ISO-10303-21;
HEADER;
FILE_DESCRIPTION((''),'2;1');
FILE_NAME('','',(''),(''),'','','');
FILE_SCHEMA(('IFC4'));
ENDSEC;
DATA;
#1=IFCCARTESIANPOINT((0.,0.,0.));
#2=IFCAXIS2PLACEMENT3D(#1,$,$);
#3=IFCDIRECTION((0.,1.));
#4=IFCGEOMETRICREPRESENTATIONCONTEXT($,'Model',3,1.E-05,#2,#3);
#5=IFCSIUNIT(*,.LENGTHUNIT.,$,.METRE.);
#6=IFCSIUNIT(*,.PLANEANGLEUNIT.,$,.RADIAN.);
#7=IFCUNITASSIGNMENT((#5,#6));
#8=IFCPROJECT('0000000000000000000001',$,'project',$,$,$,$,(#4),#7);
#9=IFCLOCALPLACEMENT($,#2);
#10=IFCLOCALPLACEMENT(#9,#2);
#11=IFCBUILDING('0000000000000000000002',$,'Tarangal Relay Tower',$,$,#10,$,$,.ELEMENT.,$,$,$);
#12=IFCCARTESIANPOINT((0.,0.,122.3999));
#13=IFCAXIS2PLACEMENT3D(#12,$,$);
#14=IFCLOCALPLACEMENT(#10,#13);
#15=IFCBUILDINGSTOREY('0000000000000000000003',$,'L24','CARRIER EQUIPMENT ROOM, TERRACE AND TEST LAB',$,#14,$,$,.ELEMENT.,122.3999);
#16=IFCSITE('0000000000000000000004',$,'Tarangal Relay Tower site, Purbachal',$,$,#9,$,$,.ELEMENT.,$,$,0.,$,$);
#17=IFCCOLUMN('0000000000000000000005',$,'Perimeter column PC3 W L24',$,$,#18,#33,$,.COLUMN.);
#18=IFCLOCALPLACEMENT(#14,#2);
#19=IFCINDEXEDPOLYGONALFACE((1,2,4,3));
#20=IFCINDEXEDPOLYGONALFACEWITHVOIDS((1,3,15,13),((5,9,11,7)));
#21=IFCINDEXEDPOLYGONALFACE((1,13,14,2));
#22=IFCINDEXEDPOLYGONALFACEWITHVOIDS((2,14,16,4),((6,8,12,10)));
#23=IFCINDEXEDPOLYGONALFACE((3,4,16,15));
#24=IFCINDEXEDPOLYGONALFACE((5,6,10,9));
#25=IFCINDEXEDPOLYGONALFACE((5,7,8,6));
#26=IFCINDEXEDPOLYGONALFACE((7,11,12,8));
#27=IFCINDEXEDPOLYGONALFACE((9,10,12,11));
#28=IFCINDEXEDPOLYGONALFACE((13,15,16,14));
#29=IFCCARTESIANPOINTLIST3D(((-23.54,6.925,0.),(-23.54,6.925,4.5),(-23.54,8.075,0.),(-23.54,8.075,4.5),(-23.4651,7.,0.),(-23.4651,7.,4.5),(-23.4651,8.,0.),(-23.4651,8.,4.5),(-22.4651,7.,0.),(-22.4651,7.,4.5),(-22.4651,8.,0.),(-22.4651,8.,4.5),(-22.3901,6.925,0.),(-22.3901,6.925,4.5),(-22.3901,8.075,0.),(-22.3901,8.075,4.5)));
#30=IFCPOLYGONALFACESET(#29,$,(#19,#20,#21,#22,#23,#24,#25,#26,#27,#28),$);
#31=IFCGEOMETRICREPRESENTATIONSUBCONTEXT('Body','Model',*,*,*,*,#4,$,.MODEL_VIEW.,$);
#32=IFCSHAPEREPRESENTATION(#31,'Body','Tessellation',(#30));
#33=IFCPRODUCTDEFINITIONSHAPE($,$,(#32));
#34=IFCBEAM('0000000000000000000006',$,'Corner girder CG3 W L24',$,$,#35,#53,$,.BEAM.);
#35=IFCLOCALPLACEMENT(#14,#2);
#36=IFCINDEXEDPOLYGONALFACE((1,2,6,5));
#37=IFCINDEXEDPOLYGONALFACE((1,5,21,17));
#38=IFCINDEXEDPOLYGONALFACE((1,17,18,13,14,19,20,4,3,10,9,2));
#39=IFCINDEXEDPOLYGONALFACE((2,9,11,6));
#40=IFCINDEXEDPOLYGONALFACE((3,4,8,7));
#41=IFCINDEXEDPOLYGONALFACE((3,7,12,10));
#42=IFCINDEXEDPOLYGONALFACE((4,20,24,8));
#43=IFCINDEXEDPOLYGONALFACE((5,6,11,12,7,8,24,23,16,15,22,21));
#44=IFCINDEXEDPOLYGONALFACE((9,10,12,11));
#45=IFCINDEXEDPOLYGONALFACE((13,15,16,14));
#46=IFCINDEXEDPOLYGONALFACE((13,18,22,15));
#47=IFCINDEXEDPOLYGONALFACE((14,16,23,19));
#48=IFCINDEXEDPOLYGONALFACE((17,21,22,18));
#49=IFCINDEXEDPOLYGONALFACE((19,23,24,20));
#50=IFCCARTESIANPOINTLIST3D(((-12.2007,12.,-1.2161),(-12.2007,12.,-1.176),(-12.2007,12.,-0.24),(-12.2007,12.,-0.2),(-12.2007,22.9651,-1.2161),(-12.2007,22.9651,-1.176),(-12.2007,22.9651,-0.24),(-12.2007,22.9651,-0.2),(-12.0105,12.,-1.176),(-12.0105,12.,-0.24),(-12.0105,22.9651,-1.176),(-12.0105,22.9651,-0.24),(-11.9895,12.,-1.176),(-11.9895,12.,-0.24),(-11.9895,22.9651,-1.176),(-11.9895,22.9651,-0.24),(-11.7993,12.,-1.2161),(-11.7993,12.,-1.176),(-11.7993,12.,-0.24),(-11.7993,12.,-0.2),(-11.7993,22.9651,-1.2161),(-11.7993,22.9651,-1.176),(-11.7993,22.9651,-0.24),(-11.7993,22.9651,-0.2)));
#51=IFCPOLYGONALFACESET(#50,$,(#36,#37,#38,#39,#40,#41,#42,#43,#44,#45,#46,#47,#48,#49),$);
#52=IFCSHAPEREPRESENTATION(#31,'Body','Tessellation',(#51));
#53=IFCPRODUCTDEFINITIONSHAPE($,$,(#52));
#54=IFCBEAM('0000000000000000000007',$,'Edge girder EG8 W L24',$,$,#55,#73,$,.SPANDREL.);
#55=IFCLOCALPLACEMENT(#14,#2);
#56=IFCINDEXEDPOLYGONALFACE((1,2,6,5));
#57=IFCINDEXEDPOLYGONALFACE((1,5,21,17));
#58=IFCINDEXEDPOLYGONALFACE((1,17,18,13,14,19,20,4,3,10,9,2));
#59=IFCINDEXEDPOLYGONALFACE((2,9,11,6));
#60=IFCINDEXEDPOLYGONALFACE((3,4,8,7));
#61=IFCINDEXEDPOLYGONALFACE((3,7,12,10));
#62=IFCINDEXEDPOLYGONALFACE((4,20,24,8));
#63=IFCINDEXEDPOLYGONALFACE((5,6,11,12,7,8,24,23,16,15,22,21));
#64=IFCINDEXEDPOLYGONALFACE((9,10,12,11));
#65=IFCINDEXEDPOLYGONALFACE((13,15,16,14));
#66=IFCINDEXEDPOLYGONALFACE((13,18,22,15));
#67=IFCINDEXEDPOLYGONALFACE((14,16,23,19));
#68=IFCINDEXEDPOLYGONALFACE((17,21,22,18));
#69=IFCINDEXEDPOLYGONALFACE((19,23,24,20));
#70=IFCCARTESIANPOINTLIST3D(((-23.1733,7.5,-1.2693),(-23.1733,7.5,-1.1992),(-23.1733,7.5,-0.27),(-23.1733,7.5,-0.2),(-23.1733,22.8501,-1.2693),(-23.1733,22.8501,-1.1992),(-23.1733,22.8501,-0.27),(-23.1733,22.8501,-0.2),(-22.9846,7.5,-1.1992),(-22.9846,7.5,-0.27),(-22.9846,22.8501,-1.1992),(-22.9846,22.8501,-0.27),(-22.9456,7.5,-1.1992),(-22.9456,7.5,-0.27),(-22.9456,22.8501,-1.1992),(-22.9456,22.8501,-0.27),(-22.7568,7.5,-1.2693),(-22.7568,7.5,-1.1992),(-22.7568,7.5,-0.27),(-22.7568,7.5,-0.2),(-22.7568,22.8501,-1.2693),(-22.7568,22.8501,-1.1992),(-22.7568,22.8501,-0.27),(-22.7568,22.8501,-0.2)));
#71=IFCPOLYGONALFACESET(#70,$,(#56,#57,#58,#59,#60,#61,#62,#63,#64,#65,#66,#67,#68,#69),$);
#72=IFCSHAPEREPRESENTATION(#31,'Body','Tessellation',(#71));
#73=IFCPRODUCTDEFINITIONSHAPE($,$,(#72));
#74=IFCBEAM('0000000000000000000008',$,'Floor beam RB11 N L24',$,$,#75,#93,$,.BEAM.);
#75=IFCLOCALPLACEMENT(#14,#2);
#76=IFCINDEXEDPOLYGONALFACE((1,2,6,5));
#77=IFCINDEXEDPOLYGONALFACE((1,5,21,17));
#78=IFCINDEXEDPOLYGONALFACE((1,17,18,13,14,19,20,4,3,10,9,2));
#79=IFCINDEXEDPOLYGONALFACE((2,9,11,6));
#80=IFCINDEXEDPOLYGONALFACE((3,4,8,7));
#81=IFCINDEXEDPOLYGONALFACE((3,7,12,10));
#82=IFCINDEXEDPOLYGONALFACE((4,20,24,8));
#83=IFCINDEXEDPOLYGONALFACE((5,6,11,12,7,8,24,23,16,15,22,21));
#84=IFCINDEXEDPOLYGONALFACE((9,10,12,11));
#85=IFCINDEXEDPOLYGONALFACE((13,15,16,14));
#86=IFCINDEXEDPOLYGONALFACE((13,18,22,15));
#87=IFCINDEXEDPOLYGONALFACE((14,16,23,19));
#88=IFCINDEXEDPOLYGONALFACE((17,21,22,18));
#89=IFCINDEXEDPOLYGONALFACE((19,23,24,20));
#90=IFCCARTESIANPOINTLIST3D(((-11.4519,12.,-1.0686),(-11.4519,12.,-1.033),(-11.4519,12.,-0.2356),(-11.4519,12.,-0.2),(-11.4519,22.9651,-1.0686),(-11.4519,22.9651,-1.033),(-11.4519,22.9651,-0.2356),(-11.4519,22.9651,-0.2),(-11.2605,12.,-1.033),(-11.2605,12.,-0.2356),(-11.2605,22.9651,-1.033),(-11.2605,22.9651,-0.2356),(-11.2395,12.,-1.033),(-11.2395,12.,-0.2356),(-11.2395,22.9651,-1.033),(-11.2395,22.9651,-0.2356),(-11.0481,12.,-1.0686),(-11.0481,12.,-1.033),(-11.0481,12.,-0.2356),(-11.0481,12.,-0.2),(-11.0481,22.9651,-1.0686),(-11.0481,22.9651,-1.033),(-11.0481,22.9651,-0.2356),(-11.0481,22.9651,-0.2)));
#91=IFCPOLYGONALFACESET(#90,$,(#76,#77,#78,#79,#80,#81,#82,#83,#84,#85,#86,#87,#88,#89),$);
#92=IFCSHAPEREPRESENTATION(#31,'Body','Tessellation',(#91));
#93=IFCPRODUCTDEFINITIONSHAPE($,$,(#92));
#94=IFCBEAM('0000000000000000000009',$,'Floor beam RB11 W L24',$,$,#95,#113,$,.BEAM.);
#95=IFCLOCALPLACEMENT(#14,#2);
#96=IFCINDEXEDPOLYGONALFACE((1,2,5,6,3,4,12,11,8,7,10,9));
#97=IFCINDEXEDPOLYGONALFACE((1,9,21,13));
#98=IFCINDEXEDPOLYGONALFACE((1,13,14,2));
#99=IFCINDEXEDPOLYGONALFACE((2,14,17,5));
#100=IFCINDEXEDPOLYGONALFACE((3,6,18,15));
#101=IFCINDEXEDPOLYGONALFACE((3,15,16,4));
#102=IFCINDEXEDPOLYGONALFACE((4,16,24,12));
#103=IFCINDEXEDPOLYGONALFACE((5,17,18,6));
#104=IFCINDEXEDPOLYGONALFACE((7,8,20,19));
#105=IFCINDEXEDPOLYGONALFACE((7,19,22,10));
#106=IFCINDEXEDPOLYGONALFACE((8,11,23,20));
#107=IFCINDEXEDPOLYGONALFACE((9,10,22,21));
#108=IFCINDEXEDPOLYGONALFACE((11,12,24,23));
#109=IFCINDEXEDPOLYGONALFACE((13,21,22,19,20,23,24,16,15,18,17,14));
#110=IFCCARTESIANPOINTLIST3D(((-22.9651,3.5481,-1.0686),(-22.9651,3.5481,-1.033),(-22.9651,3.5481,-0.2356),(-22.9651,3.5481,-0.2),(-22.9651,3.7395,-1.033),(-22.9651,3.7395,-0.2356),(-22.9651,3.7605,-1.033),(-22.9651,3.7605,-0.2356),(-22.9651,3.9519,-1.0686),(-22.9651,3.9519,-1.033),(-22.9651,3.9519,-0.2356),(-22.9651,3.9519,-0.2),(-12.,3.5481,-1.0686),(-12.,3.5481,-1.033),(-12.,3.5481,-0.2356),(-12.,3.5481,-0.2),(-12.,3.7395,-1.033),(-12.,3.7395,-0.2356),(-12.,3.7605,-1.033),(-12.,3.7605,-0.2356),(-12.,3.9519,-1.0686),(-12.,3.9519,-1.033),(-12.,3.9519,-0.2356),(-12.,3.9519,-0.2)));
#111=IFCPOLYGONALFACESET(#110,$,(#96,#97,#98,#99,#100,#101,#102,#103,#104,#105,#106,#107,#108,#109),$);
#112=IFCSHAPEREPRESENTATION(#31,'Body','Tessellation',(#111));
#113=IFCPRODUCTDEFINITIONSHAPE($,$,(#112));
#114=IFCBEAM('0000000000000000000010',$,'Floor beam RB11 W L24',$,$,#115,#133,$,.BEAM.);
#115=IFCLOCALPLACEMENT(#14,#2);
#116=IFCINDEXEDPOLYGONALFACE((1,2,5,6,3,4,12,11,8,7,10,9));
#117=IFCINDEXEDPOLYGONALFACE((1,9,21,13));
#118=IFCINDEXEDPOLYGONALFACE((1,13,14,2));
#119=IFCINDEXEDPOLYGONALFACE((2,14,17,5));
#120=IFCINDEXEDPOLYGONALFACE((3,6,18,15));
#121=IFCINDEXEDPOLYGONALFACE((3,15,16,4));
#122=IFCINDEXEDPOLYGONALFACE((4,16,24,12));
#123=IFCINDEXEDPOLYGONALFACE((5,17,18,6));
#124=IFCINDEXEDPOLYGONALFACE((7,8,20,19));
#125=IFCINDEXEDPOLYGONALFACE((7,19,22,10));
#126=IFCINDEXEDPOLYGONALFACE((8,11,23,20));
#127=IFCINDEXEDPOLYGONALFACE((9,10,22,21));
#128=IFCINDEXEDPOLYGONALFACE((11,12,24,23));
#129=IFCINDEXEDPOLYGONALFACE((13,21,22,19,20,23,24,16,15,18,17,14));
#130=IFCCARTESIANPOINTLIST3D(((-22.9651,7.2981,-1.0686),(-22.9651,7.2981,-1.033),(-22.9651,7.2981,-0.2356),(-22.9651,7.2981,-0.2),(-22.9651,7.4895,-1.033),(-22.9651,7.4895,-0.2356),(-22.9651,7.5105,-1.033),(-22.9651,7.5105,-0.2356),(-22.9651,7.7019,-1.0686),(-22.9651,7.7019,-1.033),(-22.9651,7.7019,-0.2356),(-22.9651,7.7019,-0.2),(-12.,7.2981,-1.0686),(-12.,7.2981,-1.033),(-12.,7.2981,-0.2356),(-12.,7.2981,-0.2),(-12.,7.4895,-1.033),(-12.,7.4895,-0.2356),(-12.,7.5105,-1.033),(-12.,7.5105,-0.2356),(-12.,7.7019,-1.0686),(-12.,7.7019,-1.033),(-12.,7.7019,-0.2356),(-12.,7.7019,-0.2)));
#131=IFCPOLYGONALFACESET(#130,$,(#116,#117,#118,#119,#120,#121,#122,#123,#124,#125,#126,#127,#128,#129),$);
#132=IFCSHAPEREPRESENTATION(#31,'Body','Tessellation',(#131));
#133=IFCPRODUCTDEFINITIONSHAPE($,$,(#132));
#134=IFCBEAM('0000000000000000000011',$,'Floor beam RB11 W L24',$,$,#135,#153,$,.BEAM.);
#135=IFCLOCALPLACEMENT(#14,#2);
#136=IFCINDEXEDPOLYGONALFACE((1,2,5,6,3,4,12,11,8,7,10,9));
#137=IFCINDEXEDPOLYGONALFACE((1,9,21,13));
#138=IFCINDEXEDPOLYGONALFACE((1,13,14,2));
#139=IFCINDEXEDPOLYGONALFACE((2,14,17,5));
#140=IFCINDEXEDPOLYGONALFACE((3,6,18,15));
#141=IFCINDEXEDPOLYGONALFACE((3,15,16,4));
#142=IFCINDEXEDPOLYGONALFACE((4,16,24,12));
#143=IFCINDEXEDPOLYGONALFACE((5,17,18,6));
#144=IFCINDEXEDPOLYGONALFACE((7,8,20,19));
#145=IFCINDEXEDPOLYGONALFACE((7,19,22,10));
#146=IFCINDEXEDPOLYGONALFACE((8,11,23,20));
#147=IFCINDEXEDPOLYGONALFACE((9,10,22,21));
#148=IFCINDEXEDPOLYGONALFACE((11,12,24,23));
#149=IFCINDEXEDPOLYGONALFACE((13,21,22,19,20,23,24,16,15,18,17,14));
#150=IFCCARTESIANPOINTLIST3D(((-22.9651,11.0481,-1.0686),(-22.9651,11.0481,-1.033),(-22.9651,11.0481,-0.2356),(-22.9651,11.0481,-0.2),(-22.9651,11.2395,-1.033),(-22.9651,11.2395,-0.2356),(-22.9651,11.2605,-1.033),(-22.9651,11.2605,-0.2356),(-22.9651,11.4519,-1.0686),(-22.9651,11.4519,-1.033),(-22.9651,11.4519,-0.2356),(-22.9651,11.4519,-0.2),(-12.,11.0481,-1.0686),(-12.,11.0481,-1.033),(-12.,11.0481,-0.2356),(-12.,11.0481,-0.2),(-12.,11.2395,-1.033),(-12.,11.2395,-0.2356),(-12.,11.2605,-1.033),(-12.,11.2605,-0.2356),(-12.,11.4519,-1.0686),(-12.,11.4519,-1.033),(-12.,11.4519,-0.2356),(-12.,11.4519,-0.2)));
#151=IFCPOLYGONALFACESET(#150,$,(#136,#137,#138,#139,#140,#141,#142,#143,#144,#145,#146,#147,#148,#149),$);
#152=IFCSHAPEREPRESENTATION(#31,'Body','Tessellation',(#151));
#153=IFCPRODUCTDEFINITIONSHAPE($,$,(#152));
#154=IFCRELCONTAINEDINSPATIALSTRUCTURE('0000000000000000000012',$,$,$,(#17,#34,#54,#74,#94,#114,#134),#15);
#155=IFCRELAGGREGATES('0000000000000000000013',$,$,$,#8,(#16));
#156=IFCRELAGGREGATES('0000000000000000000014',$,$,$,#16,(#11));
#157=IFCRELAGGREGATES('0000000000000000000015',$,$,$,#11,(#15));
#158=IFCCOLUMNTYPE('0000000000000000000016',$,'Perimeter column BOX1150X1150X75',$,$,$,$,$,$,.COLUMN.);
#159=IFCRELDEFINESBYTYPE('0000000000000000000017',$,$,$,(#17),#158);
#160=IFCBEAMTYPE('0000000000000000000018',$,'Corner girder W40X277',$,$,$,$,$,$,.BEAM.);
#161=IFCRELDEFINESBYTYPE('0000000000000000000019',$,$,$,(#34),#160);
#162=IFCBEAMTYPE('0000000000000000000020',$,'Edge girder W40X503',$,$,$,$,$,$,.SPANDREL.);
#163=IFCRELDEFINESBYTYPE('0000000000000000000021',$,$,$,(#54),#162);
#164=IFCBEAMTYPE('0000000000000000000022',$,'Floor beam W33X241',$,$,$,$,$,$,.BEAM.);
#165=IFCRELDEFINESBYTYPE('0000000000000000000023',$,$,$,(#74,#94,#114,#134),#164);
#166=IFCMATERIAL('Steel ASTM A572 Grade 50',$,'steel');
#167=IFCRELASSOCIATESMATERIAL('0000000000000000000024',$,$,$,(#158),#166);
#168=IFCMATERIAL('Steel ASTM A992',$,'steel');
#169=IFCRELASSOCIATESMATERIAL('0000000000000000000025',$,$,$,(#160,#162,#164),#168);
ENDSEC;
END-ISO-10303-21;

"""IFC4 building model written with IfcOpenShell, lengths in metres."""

from ifc_helpers import new_model, si_unit, direction, frame, origin, origin_2d, place, context, subcontext, project, spatial, hollow_rectangle, i_section, extrude, material, material_profile, profile_set, type_object, element, save


model = new_model("IFC4")

# Units and contexts
model_context = context("Model", 3, precision=1e-05, world=origin(), true_north=direction((0.0, 1.0)))
body_context = subcontext(model_context, "Body", "Model", "MODEL_VIEW")
ifc_project = project(units=[si_unit("LENGTHUNIT", "METRE"), si_unit("PLANEANGLEUNIT", "RADIAN")], contexts=[model_context])

# Site, building, storey
site_placement = place(None, origin())
site = spatial("IfcSite", under=ifc_project, at=site_placement, Name="Tarangal Relay Tower site, Purbachal", CompositionType="ELEMENT", RefElevation=0.0)
building_placement = place(site_placement, origin())
building = spatial("IfcBuilding", under=site, at=building_placement, Name="Tarangal Relay Tower", CompositionType="ELEMENT")
storey_placement = place(building_placement, frame((0.0, 0.0, 122.3999)))
storey = spatial("IfcBuildingStorey", under=building, at=storey_placement, Name="L24", Description="CARRIER EQUIPMENT ROOM, TERRACE AND TEST LAB", CompositionType="ELEMENT", Elevation=122.3999)

# Column
ifc_material_1 = material(Name="Steel ASTM A572 Grade 50", Category="steel")
ifc_material_profile_1 = material_profile(ifc_material_1, hollow_rectangle(XDim=1.1499, YDim=1.1499, WallThickness=0.075, at=origin_2d()), Name="BOX1150X1150X75")
ifc_profile_set_1 = profile_set([ifc_material_profile_1], Name="Steel ASTM A572 Grade 50")
column_type = type_object("IfcColumnType", Name="Perimeter column BOX1150X1150X75", PredefinedType="COLUMN", material=ifc_profile_set_1)
column_placement = place(storey_placement, frame((-22.9651, 7.5, 0.0), z_axis=(0.0, 0.0, 1.0), x_axis=(1.0, 0.0, 0.0)))
element("IfcColumn", 1, at=column_placement, inside=storey, type_object=column_type, Name="Perimeter column PC3 W L24", PredefinedType="COLUMN", context=body_context, shape_type="SweptSolid", body=[
    extrude(hollow_rectangle(XDim=1.1499, YDim=1.1499, WallThickness=0.075, at=origin_2d()), origin(), (0.0, 0.0, 1.0), 4.5),
])

# Beams
ifc_material_2 = material(Name="Steel ASTM A992", Category="steel")
ifc_material_profile_2 = material_profile(ifc_material_2, i_section(OverallWidth=0.4014, OverallDepth=1.0161, WebThickness=0.021, FlangeThickness=0.04, at=origin_2d()), Name="W40X277")
ifc_profile_set_2 = profile_set([ifc_material_profile_2], Name="Steel ASTM A992")
beam_type_1 = type_object("IfcBeamType", Name="Corner girder W40X277", PredefinedType="BEAM", material=ifc_profile_set_2)
beam_1_placement = place(storey_placement, frame((-12.0, 12.0, -0.708), z_axis=(0.0, 1.0, 0.0), x_axis=(-1.0, 0.0, 0.0)))
element("IfcBeam", 2, at=beam_1_placement, inside=storey, type_object=beam_type_1, Name="Corner girder CG3 W L24", PredefinedType="BEAM", context=body_context, shape_type="SweptSolid", body=[
    extrude(i_section(OverallWidth=0.4014, OverallDepth=1.0161, WebThickness=0.021, FlangeThickness=0.04, at=origin_2d()), origin(), (0.0, 0.0, 1.0), 10.9651),
])
ifc_material_profile_3 = material_profile(ifc_material_2, i_section(OverallWidth=0.4165, OverallDepth=1.0693, WebThickness=0.0391, FlangeThickness=0.0701, at=origin_2d()), Name="W40X503")
ifc_profile_set_3 = profile_set([ifc_material_profile_3], Name="Steel ASTM A992")
beam_type_2 = type_object("IfcBeamType", Name="Edge girder W40X503", PredefinedType="SPANDREL", material=ifc_profile_set_3)
beam_2_placement = place(storey_placement, frame((-22.9651, 7.5, -0.7346), z_axis=(0.0, 1.0, 0.0), x_axis=(-1.0, 0.0, 0.0)))
element("IfcBeam", 3, at=beam_2_placement, inside=storey, type_object=beam_type_2, Name="Edge girder EG8 W L24", PredefinedType="SPANDREL", context=body_context, shape_type="SweptSolid", body=[
    extrude(i_section(OverallWidth=0.4165, OverallDepth=1.0693, WebThickness=0.0391, FlangeThickness=0.0701, at=origin_2d()), origin(), (0.0, 0.0, 1.0), 15.3501),
])
ifc_material_profile_4 = material_profile(ifc_material_2, i_section(OverallWidth=0.4038, OverallDepth=0.8687, WebThickness=0.021, FlangeThickness=0.0356, at=origin_2d()), Name="W33X241")
ifc_profile_set_4 = profile_set([ifc_material_profile_4], Name="Steel ASTM A992")
beam_type_3 = type_object("IfcBeamType", Name="Floor beam W33X241", PredefinedType="BEAM", material=ifc_profile_set_4)
for number, where, z_axis, x_axis, name in (
    (4, (-11.25, 12.0, -0.6343), (0.0, 1.0, 0.0), (-1.0, 0.0, 0.0), "Floor beam RB11 N L24"),
    (5, (-12.0, 3.75, -0.6343), (-1.0, 0.0, 0.0), (0.0, -1.0, 0.0), "Floor beam RB11 W L24"),
    (6, (-12.0, 7.5, -0.6343), (-1.0, 0.0, 0.0), (0.0, -1.0, 0.0), "Floor beam RB11 W L24"),
    (7, (-12.0, 11.25, -0.6343), (-1.0, 0.0, 0.0), (0.0, -1.0, 0.0), "Floor beam RB11 W L24"),
):
    element("IfcBeam", number, at=place(storey_placement, frame(where, z_axis=z_axis, x_axis=x_axis)), inside=storey, type_object=beam_type_3, Name=name, PredefinedType="BEAM", context=body_context, shape_type="SweptSolid", body=[
        extrude(i_section(OverallWidth=0.4038, OverallDepth=0.8687, WebThickness=0.021, FlangeThickness=0.0356, at=origin_2d()), origin(), (0.0, 0.0, 1.0), 10.9651),
    ])

save(model, "model.ifc")
